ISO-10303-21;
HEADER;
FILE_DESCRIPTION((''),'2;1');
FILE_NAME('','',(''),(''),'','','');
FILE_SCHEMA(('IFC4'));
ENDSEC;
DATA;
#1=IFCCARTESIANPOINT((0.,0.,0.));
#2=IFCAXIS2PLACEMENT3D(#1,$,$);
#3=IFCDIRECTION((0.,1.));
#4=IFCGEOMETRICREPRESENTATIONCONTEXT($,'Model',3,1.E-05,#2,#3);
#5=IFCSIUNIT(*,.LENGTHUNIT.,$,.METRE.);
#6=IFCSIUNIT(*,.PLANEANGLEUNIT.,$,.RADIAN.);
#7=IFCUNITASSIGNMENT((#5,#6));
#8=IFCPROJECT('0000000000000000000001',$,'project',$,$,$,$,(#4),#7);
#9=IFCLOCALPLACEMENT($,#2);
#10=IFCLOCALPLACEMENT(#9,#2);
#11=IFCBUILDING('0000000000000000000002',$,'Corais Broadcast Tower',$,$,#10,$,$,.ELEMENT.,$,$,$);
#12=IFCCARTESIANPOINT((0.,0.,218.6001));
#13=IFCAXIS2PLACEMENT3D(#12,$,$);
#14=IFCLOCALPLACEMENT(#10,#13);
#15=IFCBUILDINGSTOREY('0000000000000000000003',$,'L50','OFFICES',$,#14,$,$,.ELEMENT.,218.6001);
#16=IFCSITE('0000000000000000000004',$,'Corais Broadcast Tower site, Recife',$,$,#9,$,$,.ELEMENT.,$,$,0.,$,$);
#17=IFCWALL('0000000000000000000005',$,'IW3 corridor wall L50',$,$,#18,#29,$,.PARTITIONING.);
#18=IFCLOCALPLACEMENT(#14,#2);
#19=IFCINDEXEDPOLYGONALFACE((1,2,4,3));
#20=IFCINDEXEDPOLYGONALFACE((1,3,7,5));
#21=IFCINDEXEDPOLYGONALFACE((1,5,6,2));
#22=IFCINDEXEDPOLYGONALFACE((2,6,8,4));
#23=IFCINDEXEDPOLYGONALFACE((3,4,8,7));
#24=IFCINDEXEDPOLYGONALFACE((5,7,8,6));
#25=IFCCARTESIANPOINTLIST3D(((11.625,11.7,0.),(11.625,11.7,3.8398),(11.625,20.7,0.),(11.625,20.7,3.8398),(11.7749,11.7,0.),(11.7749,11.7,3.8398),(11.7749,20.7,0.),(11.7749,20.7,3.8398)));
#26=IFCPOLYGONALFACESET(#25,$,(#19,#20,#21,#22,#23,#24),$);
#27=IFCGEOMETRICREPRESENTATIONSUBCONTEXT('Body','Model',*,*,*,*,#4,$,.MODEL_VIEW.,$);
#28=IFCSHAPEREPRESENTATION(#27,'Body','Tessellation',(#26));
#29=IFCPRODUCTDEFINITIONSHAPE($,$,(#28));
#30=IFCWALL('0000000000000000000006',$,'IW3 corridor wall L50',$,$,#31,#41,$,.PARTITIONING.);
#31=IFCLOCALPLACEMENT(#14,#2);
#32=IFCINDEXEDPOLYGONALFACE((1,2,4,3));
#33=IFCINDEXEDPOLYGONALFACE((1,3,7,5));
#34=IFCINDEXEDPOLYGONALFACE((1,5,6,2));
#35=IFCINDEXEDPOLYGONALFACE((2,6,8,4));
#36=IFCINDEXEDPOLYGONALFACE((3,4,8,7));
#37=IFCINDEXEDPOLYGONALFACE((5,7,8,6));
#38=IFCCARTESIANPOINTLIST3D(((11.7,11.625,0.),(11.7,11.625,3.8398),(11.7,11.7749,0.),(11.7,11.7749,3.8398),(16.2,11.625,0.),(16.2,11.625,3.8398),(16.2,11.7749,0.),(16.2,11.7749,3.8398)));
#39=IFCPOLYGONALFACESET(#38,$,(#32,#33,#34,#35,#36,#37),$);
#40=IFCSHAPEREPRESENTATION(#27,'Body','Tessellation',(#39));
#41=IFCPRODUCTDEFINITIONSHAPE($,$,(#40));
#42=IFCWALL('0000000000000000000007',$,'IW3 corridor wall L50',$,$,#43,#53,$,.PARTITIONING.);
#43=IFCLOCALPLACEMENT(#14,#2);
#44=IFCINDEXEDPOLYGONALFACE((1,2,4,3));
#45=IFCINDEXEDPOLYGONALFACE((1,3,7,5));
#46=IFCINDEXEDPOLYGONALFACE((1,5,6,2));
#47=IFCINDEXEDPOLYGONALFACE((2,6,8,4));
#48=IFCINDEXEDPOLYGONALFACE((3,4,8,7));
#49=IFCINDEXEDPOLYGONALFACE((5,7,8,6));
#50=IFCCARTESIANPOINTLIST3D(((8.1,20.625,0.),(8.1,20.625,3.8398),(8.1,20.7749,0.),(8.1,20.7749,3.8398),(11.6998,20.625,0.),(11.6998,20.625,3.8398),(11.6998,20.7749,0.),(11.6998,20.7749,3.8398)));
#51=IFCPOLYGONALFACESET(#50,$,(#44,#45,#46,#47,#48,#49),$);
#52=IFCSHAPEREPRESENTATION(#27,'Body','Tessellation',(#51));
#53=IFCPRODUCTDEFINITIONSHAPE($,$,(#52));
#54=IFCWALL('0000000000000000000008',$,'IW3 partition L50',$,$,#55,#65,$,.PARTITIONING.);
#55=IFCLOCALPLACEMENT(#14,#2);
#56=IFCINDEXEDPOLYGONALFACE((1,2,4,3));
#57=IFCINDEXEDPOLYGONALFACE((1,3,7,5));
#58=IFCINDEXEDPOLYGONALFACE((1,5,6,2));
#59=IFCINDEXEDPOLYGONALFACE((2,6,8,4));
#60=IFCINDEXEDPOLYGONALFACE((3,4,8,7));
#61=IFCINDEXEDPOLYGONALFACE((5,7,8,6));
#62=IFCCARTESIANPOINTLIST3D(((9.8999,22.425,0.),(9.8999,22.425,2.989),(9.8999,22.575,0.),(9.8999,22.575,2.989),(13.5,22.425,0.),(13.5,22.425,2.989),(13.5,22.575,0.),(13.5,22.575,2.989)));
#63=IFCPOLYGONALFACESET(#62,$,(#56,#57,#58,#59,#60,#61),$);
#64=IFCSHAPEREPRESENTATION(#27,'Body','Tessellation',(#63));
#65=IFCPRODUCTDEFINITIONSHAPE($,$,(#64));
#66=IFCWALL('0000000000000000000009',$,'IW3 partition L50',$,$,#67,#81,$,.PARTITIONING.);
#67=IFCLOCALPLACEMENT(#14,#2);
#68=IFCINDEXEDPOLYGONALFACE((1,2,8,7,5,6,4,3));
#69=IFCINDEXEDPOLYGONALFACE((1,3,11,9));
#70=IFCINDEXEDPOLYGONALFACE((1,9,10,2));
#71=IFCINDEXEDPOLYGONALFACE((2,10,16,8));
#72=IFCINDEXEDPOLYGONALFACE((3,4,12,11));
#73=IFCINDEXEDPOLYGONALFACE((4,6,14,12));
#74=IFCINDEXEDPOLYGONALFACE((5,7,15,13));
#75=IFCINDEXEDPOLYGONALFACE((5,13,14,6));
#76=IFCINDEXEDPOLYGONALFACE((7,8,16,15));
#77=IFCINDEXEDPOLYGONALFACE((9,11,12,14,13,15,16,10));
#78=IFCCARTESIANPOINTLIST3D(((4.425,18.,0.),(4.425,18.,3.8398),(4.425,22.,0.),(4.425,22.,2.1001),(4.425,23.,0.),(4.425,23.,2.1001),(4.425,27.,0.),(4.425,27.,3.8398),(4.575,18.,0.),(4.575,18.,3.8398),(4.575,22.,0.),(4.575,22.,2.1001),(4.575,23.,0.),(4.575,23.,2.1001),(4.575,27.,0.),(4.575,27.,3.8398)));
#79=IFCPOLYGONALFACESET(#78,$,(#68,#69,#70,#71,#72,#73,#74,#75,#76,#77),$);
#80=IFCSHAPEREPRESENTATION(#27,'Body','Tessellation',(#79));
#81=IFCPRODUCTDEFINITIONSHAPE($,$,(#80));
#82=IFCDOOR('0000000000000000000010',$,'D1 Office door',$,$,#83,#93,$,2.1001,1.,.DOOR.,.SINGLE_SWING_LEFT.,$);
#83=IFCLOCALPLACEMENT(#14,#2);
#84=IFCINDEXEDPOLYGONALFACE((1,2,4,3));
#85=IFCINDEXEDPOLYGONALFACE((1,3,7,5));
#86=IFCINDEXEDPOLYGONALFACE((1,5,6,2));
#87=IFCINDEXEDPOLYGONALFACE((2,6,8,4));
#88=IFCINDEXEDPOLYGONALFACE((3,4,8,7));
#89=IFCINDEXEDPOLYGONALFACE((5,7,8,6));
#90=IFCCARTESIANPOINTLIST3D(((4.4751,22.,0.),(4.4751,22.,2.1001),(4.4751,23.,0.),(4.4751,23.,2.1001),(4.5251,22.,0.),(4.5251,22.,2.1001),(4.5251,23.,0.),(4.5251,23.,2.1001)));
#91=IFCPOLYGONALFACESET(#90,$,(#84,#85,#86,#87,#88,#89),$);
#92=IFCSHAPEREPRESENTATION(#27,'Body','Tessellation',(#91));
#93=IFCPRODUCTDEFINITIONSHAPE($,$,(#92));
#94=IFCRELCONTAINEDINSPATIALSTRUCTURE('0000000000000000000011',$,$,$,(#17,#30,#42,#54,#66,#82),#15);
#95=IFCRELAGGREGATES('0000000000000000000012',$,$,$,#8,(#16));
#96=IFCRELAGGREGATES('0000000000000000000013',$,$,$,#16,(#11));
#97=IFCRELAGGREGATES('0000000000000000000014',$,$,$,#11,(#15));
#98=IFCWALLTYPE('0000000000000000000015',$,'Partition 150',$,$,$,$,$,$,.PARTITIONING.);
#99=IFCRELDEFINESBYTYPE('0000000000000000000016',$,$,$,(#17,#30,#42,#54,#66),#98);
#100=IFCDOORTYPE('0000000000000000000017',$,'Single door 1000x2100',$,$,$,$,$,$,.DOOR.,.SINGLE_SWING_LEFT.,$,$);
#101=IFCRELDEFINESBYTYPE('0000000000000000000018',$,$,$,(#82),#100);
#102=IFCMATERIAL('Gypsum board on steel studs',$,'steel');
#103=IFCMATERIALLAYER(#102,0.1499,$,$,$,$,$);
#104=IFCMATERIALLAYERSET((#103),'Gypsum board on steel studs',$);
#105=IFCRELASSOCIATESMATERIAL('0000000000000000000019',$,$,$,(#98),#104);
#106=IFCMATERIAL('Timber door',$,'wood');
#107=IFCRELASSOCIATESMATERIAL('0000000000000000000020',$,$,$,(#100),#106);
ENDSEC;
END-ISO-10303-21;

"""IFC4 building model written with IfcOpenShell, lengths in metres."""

from ifc_helpers import new_model, si_unit, direction, frame, frame_2d, origin, place, context, subcontext, project, spatial, rectangle, extrude, material, layer, layer_set, type_object, element, fill, save


model = new_model("IFC4")

# Units and contexts
model_context = context("Model", 3, precision=1e-05, world=origin(), true_north=direction((0.0, 1.0)))
body_context = subcontext(model_context, "Body", "Model", "MODEL_VIEW")
ifc_project = project(units=[si_unit("LENGTHUNIT", "METRE"), si_unit("PLANEANGLEUNIT", "RADIAN")], contexts=[model_context])

# Site, building, storey
site_placement = place(None, origin())
site = spatial("IfcSite", under=ifc_project, at=site_placement, Name="Corais Broadcast Tower site, Recife", CompositionType="ELEMENT", RefElevation=0.0)
building_placement = place(site_placement, origin())
building = spatial("IfcBuilding", under=site, at=building_placement, Name="Corais Broadcast Tower", CompositionType="ELEMENT")
storey_placement = place(building_placement, frame((0.0, 0.0, 218.6001)))
storey = spatial("IfcBuildingStorey", under=building, at=storey_placement, Name="L50", Description="OFFICES", CompositionType="ELEMENT", Elevation=218.6001)

# Walls
ifc_material_1 = material(Name="Gypsum board on steel studs", Category="steel")
ifc_layer_1 = layer(ifc_material_1, 0.1499)
ifc_layer_set_1 = layer_set([ifc_layer_1], Name="Gypsum board on steel studs")
wall_type_1 = type_object("IfcWallType", Name="Partition 150", PredefinedType="PARTITIONING", material=ifc_layer_set_1)
wall_1_placement = place(storey_placement, frame((11.7, 20.7, 0.0), z_axis=(0.0, 0.0, 1.0), x_axis=(0.0, -1.0, 0.0)))
element("IfcWall", 1, at=wall_1_placement, inside=storey, type_object=wall_type_1, Name="IW3 corridor wall L50", PredefinedType="PARTITIONING", context=body_context, shape_type="SweptSolid", body=[
    extrude(rectangle(XDim=9.0, YDim=0.1499, at=frame_2d((4.5, 0.0))), origin(), (0.0, 0.0, 1.0), 3.8398),
])
wall_2_placement = place(storey_placement, frame((11.7, 11.7, 0.0), z_axis=(0.0, 0.0, 1.0), x_axis=(1.0, 0.0, 0.0)))
element("IfcWall", 2, at=wall_2_placement, inside=storey, type_object=wall_type_1, Name="IW3 corridor wall L50", PredefinedType="PARTITIONING", context=body_context, shape_type="SweptSolid", body=[
    extrude(rectangle(XDim=4.5, YDim=0.1499, at=frame_2d((2.25, 0.0))), origin(), (0.0, 0.0, 1.0), 3.8398),
])
wall_3_placement = place(storey_placement, frame((8.1001, 20.7, 0.0), z_axis=(0.0, 0.0, 1.0), x_axis=(1.0, 0.0, 0.0)))
element("IfcWall", 3, at=wall_3_placement, inside=storey, type_object=wall_type_1, Name="IW3 corridor wall L50", PredefinedType="PARTITIONING", context=body_context, shape_type="SweptSolid", body=[
    extrude(rectangle(XDim=3.5999, YDim=0.1499, at=frame_2d((1.7998, 0.0))), origin(), (0.0, 0.0, 1.0), 3.8398),
])
wall_4_placement = place(storey_placement, frame((9.8999, 22.5, 0.0), z_axis=(0.0, 0.0, 1.0), x_axis=(1.0, 0.0, 0.0)))
element("IfcWall", 4, at=wall_4_placement, inside=storey, type_object=wall_type_1, Name="IW3 partition L50", PredefinedType="PARTITIONING", context=body_context, shape_type="SweptSolid", body=[
    extrude(rectangle(XDim=3.6001, YDim=0.1499, at=frame_2d((1.8, 0.0))), origin(), (0.0, 0.0, 1.0), 2.989),
])

# Wall, opening, door
wall_5_placement = place(storey_placement, frame((4.5, 18.0, 0.0), z_axis=(0.0, 0.0, 1.0), x_axis=(0.0, 1.0, 0.0)))
wall_5 = element("IfcWall", 5, at=wall_5_placement, inside=storey, type_object=wall_type_1, Name="IW3 partition L50", PredefinedType="PARTITIONING", context=body_context, shape_type="SweptSolid", body=[
    extrude(rectangle(XDim=9.0, YDim=0.1499, at=frame_2d((4.5, 0.0))), origin(), (0.0, 0.0, 1.0), 3.8398),
])
opening_1_placement = place(wall_5_placement, frame((4.0, 0.0, 0.0)))
opening_1 = element("IfcOpeningElement", 6, at=opening_1_placement, cuts=wall_5, PredefinedType="OPENING", context=body_context, shape_type="SweptSolid", body=[
    extrude(rectangle(XDim=1.0, YDim=2.1001, at=frame_2d((0.5, 1.05))), frame((0.0, 0.085, 0.0), z_axis=(0.0, -1.0, 0.0), x_axis=(1.0, 0.0, 0.0)), (0.0, 0.0, 1.0), 0.1699),
])
ifc_material_2 = material(Name="Timber door", Category="wood")
door_type_1 = type_object("IfcDoorType", Name="Single door 1000x2100", OperationType="SINGLE_SWING_LEFT", PredefinedType="DOOR", material=ifc_material_2)
door_1_placement = place(opening_1_placement, origin())
door_1 = element("IfcDoor", 7, at=door_1_placement, inside=storey, type_object=door_type_1, Name="D1 Office door", OperationType="SINGLE_SWING_LEFT", OverallHeight=2.1001, OverallWidth=1.0, PredefinedType="DOOR", context=body_context, shape_type="SweptSolid", body=[
    extrude(rectangle(XDim=1.0, YDim=2.1001, at=frame_2d((0.5, 1.05))), frame((0.0, 0.0249, 0.0), z_axis=(0.0, -1.0, 0.0), x_axis=(1.0, 0.0, 0.0)), (0.0, 0.0, 1.0), 0.05),
])
fill(opening_1, door_1)

save(model, "model.ifc")
